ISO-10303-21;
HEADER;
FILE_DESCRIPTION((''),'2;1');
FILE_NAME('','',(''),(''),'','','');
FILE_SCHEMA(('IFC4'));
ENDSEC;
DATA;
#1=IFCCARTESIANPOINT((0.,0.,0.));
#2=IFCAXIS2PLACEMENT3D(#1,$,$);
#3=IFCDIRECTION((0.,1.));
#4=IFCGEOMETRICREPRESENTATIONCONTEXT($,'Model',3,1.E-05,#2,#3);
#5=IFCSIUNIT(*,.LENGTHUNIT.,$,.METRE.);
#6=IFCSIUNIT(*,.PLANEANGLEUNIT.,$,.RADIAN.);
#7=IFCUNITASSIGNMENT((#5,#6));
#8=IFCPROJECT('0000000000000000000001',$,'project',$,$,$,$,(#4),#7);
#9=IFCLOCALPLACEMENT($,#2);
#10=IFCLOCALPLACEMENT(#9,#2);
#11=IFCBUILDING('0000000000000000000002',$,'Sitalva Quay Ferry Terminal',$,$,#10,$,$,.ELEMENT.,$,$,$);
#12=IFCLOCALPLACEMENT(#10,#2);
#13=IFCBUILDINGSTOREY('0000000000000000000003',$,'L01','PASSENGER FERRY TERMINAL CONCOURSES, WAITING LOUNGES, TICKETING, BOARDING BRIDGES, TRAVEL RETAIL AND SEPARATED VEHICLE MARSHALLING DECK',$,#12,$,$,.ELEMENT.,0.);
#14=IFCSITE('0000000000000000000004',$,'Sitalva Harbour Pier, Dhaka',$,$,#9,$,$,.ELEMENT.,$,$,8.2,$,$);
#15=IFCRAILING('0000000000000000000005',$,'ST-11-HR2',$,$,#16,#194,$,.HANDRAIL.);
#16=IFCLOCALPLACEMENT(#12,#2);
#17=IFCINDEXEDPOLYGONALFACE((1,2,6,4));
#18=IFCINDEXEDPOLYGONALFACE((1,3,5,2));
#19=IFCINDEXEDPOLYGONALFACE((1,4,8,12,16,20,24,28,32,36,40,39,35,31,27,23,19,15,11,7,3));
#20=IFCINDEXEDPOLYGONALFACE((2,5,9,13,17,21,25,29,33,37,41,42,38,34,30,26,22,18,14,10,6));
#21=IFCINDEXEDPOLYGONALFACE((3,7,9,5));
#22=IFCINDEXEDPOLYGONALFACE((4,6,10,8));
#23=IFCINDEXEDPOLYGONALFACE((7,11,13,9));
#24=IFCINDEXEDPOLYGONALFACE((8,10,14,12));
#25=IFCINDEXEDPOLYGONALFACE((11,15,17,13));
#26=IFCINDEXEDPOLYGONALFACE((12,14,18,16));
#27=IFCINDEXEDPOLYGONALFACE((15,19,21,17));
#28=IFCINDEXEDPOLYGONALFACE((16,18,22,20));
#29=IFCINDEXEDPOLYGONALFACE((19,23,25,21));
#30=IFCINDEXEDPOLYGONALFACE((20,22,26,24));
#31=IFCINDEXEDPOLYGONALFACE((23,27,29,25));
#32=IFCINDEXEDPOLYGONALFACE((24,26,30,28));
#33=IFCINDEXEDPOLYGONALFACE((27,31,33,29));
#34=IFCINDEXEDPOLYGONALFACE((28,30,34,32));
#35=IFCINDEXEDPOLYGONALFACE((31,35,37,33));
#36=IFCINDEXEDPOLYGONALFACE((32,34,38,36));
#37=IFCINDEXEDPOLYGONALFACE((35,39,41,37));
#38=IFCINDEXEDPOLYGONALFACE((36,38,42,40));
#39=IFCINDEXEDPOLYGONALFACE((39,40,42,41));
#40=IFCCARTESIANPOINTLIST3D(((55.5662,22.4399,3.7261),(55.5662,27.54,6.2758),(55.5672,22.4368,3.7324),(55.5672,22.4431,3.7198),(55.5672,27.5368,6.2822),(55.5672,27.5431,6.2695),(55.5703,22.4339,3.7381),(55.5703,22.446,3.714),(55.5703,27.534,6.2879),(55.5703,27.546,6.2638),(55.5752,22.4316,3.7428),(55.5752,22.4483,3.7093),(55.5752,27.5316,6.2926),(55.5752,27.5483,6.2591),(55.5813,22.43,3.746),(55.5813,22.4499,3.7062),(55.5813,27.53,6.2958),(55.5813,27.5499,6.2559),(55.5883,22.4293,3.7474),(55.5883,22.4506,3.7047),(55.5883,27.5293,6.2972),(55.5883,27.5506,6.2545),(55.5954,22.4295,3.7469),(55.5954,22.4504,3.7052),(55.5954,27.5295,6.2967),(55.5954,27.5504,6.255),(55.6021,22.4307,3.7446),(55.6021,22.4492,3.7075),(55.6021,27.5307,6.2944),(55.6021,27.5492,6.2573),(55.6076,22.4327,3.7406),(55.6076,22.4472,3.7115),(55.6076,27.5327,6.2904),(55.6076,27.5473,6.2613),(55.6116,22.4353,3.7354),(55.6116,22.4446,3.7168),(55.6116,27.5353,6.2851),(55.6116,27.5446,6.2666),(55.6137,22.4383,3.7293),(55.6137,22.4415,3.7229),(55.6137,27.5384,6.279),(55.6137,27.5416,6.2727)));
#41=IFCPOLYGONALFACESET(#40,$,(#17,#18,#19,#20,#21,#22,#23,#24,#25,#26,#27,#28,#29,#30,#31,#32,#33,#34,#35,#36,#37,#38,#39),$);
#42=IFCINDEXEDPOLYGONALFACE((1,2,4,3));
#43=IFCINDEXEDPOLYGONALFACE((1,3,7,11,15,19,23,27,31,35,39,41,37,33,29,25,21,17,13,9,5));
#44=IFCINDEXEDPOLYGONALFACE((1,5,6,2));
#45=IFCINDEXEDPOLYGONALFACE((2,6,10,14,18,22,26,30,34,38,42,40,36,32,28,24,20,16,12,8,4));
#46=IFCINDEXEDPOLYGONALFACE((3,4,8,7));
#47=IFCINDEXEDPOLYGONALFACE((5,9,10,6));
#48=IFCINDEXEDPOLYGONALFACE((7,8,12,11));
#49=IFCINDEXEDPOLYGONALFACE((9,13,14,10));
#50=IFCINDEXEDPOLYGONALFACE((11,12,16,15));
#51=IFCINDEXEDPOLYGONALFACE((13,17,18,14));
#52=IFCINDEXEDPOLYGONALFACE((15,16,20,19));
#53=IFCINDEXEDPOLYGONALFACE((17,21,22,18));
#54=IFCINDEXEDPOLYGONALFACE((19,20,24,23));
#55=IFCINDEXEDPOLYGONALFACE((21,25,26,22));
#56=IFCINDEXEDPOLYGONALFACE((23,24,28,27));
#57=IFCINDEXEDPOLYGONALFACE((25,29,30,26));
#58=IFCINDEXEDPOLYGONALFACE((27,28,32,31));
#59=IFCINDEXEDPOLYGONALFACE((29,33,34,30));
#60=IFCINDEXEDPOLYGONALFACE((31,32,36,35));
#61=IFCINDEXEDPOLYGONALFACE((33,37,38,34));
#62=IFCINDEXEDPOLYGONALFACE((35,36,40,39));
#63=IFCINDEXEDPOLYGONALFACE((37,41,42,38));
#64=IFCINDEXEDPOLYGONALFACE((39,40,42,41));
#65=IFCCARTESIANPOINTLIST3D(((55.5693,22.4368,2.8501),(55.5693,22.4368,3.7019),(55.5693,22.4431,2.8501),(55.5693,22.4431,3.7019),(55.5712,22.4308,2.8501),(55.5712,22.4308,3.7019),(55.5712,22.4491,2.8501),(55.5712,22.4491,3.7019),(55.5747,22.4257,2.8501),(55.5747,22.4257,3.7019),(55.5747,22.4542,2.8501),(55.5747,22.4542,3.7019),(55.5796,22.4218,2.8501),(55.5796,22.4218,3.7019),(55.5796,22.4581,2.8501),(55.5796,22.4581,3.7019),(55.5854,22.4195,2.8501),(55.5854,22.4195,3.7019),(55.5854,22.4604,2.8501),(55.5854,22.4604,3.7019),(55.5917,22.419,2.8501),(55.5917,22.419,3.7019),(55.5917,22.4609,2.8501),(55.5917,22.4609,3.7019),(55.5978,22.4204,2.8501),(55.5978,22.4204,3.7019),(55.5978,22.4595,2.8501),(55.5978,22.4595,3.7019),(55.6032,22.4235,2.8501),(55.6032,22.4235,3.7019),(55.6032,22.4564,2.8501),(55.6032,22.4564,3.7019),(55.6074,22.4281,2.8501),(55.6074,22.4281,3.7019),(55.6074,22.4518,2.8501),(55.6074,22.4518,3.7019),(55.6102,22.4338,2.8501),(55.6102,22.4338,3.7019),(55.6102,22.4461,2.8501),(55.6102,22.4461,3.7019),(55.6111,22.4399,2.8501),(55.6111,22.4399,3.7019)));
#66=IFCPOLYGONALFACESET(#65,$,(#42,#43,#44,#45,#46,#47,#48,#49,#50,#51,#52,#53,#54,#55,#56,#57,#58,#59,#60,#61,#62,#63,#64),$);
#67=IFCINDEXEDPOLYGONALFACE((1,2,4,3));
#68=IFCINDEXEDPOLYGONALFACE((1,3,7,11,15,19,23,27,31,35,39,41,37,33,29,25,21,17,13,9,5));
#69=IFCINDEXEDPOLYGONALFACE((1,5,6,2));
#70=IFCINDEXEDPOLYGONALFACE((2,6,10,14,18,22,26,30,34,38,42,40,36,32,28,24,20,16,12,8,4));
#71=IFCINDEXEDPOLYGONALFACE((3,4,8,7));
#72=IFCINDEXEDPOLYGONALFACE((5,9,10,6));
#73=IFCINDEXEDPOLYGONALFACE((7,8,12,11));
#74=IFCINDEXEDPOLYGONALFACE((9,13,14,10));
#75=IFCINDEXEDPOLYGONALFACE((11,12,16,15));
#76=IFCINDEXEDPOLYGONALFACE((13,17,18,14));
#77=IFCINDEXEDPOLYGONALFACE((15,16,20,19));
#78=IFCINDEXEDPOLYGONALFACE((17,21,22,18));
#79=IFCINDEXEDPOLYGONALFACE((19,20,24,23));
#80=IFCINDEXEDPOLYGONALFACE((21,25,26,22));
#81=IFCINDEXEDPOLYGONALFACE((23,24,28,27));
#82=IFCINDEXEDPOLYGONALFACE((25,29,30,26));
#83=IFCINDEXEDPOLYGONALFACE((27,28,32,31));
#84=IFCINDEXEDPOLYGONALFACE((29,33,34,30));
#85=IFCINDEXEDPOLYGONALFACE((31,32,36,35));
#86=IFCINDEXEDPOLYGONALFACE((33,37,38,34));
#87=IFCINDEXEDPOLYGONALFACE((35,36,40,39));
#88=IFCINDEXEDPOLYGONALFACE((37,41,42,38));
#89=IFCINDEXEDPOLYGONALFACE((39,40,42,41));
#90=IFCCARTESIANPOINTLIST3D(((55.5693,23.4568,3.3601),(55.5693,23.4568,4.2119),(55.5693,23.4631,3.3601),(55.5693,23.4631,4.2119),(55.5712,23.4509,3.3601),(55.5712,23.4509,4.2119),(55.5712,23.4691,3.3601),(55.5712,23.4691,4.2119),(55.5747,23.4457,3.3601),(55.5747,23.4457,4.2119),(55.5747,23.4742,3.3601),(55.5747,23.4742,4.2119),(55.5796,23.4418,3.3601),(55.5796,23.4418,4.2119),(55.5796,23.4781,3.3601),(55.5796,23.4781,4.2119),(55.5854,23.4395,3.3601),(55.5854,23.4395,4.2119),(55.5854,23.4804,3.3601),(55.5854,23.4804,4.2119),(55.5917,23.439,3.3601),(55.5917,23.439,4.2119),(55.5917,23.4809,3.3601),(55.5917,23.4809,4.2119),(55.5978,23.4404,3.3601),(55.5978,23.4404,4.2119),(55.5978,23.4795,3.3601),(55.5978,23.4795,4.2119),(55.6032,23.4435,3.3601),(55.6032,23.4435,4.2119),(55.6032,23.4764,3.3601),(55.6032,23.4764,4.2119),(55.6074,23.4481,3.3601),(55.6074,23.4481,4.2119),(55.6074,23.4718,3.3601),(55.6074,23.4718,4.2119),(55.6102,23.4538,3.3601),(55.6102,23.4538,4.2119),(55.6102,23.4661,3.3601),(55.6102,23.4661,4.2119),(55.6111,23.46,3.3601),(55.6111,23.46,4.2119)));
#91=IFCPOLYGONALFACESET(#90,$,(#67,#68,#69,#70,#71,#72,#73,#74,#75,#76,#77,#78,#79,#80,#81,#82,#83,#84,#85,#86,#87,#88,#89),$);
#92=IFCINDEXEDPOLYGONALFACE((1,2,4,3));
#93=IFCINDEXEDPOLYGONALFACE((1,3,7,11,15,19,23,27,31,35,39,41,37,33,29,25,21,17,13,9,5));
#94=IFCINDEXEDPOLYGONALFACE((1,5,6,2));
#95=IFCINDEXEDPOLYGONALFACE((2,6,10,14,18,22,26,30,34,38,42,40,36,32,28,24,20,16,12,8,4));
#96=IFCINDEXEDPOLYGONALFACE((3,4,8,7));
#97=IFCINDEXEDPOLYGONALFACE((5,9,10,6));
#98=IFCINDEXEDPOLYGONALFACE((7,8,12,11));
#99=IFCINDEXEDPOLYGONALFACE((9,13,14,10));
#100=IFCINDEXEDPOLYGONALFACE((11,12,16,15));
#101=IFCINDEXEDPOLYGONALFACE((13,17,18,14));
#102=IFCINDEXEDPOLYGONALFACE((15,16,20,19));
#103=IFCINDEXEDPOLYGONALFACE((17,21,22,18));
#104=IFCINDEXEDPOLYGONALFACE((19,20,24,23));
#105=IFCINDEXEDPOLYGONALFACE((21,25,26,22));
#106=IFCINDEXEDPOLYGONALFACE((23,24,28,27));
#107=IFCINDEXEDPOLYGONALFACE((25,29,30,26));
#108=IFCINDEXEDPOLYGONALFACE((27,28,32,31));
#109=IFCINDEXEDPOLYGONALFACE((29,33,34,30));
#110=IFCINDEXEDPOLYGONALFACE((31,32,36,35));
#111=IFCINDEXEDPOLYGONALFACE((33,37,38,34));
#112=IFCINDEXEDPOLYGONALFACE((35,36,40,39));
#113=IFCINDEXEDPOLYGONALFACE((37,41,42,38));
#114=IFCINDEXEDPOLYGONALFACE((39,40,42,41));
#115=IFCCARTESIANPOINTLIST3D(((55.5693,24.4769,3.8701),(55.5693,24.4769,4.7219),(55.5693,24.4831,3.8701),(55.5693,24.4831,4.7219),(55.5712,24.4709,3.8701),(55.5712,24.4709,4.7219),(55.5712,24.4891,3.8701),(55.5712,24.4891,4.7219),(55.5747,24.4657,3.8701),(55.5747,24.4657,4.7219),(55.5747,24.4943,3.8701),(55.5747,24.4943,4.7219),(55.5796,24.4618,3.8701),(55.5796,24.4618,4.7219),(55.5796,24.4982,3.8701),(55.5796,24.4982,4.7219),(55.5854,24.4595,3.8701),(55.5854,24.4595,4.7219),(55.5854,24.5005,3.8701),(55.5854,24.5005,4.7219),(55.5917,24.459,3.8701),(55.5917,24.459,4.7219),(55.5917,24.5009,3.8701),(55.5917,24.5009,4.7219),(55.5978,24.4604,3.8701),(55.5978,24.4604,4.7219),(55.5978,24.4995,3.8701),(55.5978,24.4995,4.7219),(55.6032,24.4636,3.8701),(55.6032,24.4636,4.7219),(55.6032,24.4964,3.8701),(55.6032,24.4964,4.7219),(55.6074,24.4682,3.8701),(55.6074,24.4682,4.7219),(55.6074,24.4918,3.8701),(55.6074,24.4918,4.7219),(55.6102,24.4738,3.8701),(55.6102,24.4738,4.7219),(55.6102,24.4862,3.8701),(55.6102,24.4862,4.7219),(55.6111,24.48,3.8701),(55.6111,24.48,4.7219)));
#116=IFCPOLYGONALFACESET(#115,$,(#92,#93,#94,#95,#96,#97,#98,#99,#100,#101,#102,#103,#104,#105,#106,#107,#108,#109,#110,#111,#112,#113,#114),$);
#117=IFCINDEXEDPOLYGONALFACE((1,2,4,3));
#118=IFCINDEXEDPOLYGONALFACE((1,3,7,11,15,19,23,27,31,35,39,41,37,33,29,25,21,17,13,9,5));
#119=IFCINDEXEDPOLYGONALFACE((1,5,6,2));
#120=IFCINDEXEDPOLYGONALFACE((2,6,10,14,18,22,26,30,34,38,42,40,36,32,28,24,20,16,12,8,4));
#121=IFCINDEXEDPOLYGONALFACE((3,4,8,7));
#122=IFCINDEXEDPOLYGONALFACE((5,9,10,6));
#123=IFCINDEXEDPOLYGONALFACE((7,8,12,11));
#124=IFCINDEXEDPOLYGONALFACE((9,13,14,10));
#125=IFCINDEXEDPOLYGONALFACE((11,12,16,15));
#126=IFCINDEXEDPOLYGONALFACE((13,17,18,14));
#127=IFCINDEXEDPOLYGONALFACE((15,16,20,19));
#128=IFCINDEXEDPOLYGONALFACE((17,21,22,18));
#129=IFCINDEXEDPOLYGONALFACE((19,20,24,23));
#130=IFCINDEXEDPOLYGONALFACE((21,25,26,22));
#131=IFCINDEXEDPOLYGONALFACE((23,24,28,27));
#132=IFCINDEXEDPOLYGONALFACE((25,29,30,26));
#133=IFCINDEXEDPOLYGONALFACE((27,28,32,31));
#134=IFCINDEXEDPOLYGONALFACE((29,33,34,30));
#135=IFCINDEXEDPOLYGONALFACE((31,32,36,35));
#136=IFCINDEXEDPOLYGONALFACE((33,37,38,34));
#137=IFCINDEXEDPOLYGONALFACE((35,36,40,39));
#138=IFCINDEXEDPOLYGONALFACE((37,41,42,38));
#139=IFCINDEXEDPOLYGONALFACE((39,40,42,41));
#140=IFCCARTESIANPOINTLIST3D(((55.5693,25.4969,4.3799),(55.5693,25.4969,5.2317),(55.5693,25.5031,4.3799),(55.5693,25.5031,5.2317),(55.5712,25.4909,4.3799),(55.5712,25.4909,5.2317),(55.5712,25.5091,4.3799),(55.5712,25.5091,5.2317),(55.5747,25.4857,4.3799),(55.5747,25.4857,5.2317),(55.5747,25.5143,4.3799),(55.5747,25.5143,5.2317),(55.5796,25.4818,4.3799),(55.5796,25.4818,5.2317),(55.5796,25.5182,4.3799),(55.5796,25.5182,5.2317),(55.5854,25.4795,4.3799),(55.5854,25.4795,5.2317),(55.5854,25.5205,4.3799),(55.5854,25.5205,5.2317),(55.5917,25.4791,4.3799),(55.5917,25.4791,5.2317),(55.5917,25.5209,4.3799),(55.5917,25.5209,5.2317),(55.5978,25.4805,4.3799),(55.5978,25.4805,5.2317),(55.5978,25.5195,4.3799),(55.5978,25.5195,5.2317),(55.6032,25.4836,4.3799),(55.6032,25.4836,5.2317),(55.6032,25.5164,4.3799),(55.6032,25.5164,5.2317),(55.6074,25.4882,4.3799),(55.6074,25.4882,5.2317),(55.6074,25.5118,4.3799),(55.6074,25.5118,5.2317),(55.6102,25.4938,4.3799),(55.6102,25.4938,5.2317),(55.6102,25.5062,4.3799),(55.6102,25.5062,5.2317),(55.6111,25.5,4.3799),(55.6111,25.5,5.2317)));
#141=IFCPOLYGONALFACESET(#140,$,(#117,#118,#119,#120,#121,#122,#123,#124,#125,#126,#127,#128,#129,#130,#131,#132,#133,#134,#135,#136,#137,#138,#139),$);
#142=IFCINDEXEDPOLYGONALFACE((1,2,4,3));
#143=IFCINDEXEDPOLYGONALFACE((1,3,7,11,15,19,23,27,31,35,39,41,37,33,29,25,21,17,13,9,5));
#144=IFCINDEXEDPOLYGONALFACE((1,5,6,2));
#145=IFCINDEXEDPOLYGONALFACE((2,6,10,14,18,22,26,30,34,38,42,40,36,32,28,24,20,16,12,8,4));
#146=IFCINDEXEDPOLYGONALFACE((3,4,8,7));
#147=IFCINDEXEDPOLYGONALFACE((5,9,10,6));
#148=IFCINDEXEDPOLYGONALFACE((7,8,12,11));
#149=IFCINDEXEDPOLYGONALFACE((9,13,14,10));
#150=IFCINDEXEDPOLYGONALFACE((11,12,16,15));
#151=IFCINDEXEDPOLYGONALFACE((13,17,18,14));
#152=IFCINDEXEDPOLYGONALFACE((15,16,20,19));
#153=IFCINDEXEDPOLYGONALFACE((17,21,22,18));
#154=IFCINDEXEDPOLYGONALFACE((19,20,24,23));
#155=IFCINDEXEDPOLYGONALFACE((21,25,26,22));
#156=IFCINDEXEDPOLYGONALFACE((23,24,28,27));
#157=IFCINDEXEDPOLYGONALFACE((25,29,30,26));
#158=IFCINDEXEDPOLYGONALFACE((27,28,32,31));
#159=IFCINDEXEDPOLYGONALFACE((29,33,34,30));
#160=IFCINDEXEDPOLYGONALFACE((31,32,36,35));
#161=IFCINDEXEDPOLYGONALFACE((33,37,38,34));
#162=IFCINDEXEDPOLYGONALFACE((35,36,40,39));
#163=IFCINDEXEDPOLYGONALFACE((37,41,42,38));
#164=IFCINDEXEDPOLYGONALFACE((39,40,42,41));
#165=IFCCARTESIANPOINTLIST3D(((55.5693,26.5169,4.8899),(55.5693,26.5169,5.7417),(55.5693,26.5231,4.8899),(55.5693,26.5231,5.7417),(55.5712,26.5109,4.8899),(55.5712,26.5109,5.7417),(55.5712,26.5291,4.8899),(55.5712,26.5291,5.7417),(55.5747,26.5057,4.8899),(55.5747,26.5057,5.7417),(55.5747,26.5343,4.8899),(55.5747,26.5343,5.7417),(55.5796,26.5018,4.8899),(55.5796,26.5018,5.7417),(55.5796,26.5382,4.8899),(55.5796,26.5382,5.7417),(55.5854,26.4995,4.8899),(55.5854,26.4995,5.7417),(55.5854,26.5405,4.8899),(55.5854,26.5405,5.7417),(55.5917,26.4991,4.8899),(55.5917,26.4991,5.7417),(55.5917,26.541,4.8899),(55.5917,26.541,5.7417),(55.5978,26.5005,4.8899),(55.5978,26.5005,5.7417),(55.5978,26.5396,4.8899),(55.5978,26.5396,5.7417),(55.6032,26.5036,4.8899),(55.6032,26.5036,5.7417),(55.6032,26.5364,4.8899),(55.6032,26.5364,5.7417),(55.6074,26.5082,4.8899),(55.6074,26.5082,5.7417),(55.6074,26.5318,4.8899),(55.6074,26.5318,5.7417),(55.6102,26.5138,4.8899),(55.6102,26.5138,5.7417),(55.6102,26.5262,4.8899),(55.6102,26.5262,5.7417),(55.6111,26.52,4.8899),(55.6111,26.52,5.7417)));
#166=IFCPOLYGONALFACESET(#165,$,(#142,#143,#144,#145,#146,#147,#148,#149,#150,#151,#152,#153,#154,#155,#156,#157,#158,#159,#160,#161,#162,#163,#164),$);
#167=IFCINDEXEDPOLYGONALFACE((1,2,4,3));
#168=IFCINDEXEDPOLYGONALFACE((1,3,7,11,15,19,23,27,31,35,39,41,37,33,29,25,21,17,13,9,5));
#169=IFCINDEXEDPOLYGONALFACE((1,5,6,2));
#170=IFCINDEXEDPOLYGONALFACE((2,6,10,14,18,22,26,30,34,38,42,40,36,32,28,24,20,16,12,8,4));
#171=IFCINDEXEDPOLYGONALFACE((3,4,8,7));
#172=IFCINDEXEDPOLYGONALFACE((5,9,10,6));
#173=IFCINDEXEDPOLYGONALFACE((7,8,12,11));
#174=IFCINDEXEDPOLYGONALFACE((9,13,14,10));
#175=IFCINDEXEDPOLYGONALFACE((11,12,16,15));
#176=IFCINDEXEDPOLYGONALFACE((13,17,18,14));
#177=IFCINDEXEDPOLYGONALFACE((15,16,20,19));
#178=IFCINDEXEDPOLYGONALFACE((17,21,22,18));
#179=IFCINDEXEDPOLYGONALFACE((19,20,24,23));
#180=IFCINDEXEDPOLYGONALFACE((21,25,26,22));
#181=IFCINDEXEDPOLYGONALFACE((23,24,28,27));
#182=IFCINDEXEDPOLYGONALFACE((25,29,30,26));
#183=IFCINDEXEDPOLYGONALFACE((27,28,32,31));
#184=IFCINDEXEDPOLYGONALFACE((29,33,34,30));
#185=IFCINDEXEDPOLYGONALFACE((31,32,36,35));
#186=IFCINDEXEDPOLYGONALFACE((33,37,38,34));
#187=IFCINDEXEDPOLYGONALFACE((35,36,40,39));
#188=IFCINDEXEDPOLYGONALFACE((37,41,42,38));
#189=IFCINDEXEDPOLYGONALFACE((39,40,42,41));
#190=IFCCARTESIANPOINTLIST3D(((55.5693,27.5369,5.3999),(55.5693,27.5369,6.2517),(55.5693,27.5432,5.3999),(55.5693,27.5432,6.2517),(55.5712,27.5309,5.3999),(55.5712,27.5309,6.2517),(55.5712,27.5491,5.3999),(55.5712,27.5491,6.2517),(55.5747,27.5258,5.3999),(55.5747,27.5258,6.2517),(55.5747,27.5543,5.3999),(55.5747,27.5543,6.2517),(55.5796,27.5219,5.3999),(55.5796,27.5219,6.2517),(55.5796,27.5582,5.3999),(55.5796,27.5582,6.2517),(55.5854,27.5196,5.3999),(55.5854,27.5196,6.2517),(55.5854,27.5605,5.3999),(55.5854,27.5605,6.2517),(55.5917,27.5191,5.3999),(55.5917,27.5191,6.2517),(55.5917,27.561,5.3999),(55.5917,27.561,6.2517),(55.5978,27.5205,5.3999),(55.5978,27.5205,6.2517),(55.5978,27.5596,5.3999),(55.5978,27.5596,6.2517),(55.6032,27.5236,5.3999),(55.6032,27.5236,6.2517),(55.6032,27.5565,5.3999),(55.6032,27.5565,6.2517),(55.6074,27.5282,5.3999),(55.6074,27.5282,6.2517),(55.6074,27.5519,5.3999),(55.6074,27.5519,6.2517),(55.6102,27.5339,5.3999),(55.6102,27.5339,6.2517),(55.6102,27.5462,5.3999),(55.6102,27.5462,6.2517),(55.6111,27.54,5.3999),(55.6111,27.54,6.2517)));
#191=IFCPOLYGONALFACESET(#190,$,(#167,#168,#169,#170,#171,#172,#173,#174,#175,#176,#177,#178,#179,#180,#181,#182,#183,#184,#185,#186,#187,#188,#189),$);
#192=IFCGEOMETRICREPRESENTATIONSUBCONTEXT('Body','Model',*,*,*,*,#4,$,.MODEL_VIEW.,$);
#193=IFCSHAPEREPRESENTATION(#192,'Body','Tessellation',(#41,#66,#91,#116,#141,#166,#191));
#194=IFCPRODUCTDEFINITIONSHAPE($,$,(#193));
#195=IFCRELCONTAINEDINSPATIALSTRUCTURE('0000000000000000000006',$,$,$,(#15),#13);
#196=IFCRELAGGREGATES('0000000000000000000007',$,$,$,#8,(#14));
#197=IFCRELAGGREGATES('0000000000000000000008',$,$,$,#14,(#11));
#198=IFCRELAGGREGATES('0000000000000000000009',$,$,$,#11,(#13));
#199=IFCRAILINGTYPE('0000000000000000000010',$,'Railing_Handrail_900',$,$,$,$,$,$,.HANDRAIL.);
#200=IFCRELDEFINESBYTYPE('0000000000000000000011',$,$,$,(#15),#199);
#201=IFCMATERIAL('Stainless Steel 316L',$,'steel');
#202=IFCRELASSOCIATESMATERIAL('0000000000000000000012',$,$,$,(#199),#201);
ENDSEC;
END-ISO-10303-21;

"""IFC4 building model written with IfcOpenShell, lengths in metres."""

from ifc_helpers import new_model, si_unit, direction, frame, origin, origin_2d, place, context, subcontext, project, spatial, circle, extrude, material, type_object, element, save


model = new_model("IFC4")

# Units and contexts
model_context = context("Model", 3, precision=1e-05, world=origin(), true_north=direction((0.0, 1.0)))
body_context = subcontext(model_context, "Body", "Model", "MODEL_VIEW")
ifc_project = project(units=[si_unit("LENGTHUNIT", "METRE"), si_unit("PLANEANGLEUNIT", "RADIAN")], contexts=[model_context])

# Site, building, storey
site_placement = place(None, origin())
site = spatial("IfcSite", under=ifc_project, at=site_placement, Name="Sitalva Harbour Pier, Dhaka", CompositionType="ELEMENT", RefElevation=8.2)
building_placement = place(site_placement, origin())
building = spatial("IfcBuilding", under=site, at=building_placement, Name="Sitalva Quay Ferry Terminal", CompositionType="ELEMENT")
storey_placement = place(building_placement, origin())
storey = spatial("IfcBuildingStorey", under=building, at=storey_placement, Name="L01", Description="PASSENGER FERRY TERMINAL CONCOURSES, WAITING LOUNGES, TICKETING, BOARDING BRIDGES, TRAVEL RETAIL AND SEPARATED VEHICLE MARSHALLING DECK", CompositionType="ELEMENT", Elevation=0.0)

# Railing
ifc_material_1 = material(Name="Stainless Steel 316L", Category="steel")
railing_type = type_object("IfcRailingType", Name="Railing_Handrail_900", PredefinedType="HANDRAIL", material=ifc_material_1)
railing_placement = place(storey_placement, frame((55.5901, 22.4399, 2.8501)))
element("IfcRailing", 1, at=railing_placement, inside=storey, type_object=railing_type, Name="ST-11-HR2", PredefinedType="HANDRAIL", context=body_context, shape_type="SweptSolid", body=[
    extrude(circle(Radius=0.0239, at=origin_2d()), frame((0.0, 0.0, 0.876), z_axis=(0.0, 0.894444, 0.447179), x_axis=(-1.0, 0.0, 0.0)), (0.0, 0.0, 1.0), 5.7019),
    extrude(circle(Radius=0.021, at=origin_2d()), origin(), (0.0, 0.0, 1.0), 0.8518),
    extrude(circle(Radius=0.021, at=origin_2d()), frame((0.0, 1.02, 0.51)), (0.0, 0.0, 1.0), 0.8518),
    extrude(circle(Radius=0.021, at=origin_2d()), frame((0.0, 2.04, 1.02)), (0.0, 0.0, 1.0), 0.8518),
    extrude(circle(Radius=0.021, at=origin_2d()), frame((0.0, 3.0601, 1.5298)), (0.0, 0.0, 1.0), 0.8518),
    extrude(circle(Radius=0.021, at=origin_2d()), frame((0.0, 4.0801, 2.0398)), (0.0, 0.0, 1.0), 0.8518),
    extrude(circle(Radius=0.021, at=origin_2d()), frame((0.0, 5.1001, 2.5498)), (0.0, 0.0, 1.0), 0.8518),
])

save(model, "model.ifc")
